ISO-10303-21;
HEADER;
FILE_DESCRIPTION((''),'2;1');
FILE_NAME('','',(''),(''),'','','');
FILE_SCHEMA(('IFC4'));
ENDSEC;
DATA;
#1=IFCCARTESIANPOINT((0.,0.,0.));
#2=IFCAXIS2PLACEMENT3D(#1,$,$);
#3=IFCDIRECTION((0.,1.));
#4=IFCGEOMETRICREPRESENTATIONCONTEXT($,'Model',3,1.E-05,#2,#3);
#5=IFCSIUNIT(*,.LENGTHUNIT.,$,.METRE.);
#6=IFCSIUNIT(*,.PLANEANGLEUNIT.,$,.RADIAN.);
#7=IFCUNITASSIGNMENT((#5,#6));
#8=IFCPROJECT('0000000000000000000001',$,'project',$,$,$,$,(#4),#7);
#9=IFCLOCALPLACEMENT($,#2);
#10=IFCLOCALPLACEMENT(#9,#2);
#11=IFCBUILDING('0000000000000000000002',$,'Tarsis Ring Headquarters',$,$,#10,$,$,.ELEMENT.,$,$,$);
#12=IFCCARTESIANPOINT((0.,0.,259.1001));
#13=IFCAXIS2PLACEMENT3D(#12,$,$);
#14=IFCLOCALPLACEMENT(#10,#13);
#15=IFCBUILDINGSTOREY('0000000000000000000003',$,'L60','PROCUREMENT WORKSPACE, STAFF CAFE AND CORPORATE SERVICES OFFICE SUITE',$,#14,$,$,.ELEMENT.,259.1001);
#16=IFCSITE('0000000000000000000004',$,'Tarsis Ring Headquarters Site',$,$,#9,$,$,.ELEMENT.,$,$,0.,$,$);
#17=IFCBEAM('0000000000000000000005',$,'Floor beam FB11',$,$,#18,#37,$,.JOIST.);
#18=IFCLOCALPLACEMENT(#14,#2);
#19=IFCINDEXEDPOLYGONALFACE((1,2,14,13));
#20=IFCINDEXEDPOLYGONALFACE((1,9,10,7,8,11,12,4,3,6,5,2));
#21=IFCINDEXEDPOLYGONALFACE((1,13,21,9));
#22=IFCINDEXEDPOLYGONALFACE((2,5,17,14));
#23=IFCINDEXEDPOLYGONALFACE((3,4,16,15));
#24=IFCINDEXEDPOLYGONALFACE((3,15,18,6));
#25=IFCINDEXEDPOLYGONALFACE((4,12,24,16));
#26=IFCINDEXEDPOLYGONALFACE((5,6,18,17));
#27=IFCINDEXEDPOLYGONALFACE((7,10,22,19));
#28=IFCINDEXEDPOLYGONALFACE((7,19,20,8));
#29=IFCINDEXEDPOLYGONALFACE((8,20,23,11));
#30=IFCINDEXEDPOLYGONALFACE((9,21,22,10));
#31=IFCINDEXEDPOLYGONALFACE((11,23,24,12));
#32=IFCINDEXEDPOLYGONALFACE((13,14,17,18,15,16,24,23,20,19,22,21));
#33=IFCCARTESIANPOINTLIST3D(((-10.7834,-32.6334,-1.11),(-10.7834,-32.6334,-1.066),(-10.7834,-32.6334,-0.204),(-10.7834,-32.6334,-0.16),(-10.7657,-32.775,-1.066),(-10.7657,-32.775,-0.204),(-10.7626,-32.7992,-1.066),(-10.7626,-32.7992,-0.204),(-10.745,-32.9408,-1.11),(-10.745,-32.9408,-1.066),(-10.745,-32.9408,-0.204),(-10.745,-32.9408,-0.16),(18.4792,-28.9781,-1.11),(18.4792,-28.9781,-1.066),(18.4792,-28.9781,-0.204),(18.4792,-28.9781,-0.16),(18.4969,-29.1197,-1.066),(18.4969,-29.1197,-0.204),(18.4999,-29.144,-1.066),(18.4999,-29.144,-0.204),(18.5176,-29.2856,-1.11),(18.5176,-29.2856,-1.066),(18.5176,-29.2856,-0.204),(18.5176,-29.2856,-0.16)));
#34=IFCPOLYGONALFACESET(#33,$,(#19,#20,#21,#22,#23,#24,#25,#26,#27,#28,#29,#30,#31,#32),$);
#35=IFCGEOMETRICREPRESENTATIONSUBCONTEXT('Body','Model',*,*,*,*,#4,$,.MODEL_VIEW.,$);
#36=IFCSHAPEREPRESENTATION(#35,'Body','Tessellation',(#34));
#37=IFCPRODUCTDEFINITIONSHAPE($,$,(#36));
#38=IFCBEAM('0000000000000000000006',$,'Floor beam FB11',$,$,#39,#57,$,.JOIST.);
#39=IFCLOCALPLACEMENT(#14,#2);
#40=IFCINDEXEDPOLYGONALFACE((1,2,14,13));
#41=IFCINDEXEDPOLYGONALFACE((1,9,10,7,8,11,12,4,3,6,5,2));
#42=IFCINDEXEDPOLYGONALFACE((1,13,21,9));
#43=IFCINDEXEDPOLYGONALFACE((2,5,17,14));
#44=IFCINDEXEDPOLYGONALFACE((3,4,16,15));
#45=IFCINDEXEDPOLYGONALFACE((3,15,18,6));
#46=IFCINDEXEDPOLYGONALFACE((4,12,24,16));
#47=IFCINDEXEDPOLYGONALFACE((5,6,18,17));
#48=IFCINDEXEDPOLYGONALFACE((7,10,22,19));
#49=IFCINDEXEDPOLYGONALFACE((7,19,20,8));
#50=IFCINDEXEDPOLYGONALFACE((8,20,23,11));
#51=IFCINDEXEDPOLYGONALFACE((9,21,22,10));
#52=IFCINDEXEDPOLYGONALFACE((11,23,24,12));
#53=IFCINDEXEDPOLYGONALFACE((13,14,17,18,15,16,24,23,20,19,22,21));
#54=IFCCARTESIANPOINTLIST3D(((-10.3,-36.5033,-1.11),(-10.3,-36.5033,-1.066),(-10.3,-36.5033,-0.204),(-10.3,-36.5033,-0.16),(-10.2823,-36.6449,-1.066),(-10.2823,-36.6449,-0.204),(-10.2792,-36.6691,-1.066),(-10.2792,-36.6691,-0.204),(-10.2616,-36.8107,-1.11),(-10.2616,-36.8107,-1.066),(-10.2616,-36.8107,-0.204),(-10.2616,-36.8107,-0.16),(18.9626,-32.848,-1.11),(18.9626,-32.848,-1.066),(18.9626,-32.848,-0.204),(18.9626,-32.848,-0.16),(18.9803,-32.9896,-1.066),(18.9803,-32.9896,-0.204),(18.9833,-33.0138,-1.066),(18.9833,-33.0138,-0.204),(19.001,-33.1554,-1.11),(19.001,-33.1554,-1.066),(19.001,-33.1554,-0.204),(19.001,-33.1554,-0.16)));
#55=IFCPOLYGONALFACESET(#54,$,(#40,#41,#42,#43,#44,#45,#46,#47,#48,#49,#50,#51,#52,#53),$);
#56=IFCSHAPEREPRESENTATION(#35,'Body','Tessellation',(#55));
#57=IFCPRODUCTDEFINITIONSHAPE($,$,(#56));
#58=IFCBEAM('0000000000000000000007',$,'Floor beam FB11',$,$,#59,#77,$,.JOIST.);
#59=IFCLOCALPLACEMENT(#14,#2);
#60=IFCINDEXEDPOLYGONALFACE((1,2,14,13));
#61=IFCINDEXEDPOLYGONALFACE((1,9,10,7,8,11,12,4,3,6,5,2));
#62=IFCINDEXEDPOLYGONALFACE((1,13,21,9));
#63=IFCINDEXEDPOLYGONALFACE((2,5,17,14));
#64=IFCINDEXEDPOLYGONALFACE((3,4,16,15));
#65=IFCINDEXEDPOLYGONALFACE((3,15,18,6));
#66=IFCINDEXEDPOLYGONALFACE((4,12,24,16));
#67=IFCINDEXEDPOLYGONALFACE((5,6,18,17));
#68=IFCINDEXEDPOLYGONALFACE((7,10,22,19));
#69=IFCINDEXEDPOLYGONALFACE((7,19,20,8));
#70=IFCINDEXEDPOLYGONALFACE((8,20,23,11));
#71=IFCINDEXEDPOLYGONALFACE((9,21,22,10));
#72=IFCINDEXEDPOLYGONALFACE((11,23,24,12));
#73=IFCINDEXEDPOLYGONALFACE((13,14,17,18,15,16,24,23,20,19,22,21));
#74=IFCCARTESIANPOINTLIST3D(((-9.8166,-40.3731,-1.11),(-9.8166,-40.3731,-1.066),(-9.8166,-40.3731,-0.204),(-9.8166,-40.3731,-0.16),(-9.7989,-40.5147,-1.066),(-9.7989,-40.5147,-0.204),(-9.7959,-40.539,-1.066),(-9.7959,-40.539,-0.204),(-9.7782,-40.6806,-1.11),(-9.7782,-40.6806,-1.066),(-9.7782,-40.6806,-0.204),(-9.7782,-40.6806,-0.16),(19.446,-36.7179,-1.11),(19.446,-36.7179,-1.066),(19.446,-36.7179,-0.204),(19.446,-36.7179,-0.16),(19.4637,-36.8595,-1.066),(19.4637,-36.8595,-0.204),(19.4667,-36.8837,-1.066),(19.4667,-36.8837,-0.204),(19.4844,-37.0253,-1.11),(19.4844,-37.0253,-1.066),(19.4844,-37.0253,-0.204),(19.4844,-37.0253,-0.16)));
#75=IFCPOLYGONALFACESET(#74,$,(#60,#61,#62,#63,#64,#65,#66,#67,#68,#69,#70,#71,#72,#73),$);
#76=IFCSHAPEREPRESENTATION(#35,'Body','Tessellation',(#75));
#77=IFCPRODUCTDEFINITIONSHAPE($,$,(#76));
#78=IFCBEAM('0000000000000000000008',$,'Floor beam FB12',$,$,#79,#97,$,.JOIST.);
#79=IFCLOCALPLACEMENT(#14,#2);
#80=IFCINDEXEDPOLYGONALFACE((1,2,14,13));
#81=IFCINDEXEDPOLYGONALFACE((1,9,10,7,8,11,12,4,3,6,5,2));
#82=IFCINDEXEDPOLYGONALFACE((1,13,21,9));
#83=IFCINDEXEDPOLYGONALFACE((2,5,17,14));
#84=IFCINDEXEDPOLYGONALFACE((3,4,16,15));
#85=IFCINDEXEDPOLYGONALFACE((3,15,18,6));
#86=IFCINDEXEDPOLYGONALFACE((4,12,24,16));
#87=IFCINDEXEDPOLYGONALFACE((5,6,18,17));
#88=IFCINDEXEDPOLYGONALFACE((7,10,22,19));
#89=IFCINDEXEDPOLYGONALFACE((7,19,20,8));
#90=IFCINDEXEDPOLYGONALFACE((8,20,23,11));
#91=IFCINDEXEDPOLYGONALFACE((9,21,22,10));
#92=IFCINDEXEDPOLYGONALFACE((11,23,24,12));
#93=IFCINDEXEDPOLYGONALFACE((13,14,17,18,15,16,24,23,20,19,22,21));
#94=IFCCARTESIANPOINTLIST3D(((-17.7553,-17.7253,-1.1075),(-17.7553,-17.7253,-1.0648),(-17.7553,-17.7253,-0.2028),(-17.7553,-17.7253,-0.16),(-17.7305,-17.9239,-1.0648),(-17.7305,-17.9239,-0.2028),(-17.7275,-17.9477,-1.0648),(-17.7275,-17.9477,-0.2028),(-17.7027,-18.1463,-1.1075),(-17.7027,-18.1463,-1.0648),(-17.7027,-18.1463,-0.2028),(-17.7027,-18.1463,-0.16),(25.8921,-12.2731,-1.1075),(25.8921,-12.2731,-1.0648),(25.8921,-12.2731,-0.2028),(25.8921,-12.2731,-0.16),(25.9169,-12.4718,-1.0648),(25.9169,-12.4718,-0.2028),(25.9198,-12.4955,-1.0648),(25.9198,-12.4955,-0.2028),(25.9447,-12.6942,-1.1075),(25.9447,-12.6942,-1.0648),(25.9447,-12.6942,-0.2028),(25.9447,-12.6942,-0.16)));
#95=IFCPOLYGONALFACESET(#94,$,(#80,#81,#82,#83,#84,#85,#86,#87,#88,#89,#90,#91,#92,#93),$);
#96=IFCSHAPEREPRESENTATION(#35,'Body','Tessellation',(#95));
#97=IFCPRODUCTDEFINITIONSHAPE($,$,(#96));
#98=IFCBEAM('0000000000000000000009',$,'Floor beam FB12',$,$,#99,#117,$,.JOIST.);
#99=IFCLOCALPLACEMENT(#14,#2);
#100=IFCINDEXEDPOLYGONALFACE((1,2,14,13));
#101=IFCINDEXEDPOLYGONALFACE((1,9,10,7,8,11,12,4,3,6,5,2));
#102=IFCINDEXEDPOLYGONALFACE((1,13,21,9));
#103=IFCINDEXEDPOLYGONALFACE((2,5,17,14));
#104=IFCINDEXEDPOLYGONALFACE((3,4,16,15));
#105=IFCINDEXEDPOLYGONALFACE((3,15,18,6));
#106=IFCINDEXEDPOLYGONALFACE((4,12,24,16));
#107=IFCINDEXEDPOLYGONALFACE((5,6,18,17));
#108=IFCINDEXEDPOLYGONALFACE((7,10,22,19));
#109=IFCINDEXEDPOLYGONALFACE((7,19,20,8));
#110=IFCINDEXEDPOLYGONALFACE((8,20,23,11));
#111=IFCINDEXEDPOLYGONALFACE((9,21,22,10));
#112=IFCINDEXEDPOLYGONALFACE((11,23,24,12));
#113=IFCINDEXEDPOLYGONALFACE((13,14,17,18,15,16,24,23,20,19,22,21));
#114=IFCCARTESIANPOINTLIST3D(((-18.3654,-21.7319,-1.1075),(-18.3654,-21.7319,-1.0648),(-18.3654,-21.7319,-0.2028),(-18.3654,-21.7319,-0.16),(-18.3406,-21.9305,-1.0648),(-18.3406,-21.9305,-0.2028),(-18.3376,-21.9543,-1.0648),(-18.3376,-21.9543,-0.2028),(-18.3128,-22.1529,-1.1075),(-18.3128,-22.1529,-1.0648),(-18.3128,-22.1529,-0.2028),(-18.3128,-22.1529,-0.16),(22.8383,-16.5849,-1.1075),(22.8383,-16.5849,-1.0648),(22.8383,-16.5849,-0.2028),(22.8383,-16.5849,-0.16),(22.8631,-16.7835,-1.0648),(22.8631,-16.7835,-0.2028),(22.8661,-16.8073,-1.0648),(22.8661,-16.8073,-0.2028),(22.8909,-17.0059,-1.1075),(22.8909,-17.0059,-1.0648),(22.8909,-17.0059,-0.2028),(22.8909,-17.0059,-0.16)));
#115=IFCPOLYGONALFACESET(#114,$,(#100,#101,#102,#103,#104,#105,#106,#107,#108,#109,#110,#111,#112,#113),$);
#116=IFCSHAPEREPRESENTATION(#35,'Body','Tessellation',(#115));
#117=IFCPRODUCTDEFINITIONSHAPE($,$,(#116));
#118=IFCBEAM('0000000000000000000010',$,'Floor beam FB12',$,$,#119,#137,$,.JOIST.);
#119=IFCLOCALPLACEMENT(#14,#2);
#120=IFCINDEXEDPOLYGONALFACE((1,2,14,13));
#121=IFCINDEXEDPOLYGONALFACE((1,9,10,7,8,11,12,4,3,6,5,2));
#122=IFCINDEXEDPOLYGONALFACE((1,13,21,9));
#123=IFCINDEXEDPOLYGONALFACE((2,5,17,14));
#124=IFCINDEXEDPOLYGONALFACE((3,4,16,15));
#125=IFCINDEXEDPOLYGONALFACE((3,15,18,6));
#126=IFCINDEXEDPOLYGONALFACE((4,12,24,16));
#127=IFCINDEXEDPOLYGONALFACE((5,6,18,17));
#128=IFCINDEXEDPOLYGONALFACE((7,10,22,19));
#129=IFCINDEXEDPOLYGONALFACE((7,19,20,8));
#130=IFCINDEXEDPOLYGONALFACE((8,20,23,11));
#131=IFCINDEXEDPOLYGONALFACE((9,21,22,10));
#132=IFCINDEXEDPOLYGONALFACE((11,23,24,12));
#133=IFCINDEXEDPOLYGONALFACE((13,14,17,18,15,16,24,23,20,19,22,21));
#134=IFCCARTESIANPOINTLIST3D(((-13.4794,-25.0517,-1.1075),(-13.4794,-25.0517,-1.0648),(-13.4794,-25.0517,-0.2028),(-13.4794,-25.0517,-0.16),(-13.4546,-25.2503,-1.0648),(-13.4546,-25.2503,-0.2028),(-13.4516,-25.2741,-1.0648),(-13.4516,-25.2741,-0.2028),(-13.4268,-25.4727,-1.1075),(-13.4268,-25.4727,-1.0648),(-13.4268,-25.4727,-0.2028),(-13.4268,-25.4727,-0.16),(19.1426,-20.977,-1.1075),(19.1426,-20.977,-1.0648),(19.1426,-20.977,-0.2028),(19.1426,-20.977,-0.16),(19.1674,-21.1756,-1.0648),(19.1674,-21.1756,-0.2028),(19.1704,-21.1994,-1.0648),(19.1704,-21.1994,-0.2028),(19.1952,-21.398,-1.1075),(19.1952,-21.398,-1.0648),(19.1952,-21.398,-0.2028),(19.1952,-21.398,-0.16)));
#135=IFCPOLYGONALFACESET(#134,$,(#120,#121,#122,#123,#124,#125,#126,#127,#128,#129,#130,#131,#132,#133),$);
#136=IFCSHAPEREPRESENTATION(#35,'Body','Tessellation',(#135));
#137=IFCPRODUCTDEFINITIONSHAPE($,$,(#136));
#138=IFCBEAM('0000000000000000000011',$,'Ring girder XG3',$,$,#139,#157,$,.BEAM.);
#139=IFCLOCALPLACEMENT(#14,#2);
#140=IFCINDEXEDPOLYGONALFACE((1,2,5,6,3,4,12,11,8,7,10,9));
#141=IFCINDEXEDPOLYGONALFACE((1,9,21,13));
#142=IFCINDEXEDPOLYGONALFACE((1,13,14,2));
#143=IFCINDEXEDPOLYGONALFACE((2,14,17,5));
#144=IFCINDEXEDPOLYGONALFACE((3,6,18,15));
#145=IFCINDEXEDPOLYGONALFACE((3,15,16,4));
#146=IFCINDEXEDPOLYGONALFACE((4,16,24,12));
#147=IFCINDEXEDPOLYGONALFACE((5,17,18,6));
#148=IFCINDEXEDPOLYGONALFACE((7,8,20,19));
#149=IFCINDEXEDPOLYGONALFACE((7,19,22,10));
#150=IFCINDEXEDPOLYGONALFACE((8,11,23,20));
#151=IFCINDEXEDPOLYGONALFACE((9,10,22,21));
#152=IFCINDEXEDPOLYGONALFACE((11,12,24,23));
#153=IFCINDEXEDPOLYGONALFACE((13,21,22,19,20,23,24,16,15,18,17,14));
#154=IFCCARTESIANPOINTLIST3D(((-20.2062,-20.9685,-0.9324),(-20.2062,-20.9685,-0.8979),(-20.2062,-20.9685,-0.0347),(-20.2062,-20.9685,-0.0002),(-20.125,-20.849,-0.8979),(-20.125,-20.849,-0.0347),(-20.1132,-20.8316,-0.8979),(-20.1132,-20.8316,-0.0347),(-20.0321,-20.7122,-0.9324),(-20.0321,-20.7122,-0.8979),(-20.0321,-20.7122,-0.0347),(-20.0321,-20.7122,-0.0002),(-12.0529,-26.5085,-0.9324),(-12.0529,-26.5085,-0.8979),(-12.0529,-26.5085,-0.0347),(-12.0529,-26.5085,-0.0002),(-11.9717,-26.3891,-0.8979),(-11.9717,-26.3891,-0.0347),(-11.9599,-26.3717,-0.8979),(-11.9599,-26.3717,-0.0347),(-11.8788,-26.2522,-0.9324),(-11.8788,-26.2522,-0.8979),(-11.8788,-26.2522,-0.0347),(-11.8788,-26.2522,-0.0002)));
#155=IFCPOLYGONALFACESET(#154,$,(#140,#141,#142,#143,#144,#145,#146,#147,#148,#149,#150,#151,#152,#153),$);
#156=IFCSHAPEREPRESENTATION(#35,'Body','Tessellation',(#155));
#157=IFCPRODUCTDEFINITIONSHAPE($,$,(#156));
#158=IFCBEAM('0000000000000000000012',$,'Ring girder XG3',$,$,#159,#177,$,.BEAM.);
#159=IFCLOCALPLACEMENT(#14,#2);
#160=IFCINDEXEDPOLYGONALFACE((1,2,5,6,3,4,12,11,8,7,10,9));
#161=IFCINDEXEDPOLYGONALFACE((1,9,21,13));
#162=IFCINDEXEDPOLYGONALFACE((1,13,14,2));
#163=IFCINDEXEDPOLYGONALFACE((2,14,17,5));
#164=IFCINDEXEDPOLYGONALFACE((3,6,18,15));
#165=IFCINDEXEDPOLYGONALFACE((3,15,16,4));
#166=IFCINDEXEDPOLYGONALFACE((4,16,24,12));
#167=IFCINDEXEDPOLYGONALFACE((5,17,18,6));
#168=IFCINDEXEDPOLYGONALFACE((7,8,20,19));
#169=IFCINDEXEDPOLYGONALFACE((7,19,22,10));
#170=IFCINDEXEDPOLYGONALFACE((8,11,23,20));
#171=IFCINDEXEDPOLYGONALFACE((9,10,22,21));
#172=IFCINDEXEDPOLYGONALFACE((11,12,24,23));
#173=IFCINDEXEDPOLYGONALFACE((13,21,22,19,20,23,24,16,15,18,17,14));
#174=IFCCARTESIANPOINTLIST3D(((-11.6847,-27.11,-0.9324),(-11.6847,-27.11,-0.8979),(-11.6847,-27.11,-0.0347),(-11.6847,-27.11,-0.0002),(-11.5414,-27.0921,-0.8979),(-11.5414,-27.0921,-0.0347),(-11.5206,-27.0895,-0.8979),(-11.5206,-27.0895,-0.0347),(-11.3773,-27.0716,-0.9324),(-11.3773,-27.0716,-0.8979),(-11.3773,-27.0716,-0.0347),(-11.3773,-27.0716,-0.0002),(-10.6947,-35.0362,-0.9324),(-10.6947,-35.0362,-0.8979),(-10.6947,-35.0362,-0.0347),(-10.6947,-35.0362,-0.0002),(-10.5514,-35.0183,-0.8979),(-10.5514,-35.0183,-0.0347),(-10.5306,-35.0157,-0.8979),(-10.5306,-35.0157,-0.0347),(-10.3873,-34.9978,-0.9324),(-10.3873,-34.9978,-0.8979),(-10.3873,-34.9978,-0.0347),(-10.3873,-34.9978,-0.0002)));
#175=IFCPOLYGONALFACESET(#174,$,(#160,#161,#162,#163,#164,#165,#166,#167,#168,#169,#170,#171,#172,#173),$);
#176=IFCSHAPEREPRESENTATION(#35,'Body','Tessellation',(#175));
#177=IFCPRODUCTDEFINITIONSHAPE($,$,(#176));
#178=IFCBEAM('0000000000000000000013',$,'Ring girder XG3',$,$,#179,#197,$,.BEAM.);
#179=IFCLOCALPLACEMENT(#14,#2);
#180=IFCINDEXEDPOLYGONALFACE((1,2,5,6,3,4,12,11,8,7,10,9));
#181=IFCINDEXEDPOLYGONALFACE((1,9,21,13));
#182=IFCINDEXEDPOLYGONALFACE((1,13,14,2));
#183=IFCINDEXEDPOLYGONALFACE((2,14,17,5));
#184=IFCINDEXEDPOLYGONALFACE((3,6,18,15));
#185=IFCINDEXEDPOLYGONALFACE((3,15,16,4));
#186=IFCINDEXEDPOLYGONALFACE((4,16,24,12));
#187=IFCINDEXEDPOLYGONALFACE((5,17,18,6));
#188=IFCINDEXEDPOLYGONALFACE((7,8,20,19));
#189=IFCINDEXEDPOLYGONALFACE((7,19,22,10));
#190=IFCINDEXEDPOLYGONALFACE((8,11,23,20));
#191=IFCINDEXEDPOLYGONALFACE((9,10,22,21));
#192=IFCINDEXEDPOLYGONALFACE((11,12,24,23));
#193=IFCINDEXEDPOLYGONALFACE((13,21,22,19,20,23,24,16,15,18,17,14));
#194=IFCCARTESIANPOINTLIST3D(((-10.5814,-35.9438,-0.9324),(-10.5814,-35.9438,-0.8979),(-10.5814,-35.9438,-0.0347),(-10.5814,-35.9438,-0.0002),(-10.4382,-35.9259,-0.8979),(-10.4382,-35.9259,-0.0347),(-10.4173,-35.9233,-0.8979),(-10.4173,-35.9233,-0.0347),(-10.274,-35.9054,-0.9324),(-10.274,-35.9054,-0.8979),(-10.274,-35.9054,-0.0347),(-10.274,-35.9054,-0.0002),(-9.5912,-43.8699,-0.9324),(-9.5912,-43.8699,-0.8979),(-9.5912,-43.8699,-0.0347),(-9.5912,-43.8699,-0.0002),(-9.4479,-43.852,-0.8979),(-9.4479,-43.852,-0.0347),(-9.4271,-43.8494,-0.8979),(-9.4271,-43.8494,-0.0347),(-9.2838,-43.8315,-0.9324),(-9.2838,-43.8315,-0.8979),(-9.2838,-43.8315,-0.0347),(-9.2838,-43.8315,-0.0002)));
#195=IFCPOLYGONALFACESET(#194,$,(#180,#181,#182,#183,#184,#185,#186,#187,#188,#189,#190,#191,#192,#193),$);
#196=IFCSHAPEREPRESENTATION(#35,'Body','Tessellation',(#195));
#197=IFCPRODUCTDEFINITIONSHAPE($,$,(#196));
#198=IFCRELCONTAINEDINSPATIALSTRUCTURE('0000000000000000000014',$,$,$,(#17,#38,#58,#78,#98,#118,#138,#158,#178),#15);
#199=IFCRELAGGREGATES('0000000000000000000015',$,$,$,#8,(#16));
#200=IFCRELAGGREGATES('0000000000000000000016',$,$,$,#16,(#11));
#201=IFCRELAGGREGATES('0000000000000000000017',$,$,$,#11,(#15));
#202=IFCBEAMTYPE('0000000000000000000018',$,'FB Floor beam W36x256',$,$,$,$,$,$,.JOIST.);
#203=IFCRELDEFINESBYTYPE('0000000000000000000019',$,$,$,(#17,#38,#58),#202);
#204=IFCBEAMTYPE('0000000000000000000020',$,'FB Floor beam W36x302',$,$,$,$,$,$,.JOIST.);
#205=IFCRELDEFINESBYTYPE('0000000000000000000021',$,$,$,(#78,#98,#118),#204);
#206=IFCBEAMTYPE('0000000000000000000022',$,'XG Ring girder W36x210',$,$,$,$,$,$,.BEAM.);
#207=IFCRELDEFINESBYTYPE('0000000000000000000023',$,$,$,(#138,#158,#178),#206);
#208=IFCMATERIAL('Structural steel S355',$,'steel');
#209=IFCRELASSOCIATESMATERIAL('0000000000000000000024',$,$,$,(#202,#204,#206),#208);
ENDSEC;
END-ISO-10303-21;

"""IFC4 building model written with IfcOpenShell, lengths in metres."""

from ifc_helpers import new_model, si_unit, direction, frame, origin, origin_2d, place, context, subcontext, project, spatial, i_section, extrude, material, material_profile, profile_set, type_object, element, save


model = new_model("IFC4")

# Units and contexts
model_context = context("Model", 3, precision=1e-05, world=origin(), true_north=direction((0.0, 1.0)))
body_context = subcontext(model_context, "Body", "Model", "MODEL_VIEW")
ifc_project = project(units=[si_unit("LENGTHUNIT", "METRE"), si_unit("PLANEANGLEUNIT", "RADIAN")], contexts=[model_context])

# Site, building, storey
site_placement = place(None, origin())
site = spatial("IfcSite", under=ifc_project, at=site_placement, Name="Tarsis Ring Headquarters Site", CompositionType="ELEMENT", RefElevation=0.0)
building_placement = place(site_placement, origin())
building = spatial("IfcBuilding", under=site, at=building_placement, Name="Tarsis Ring Headquarters", CompositionType="ELEMENT")
storey_placement = place(building_placement, frame((0.0, 0.0, 259.1001)))
storey = spatial("IfcBuildingStorey", under=building, at=storey_placement, Name="L60", Description="PROCUREMENT WORKSPACE, STAFF CAFE AND CORPORATE SERVICES OFFICE SUITE", CompositionType="ELEMENT", Elevation=259.1001)

# Shared definitions
ifc_material_1 = material(Name="Structural steel S355", Category="steel")

# Beams
ifc_material_profile_1 = material_profile(ifc_material_1, i_section(OverallWidth=0.3098, OverallDepth=0.95, WebThickness=0.0244, FlangeThickness=0.0439, at=origin_2d()), Name="W36x256")
ifc_profile_set_1 = profile_set([ifc_material_profile_1], Name="Structural steel S355")
beam_type_1 = type_object("IfcBeamType", Name="FB Floor beam W36x256", PredefinedType="JOIST", material=ifc_profile_set_1)
for number, where, z_axis, x_axis, name in (
    (1, (-10.7642, -32.7871, -0.635), (0.992289, 0.123949, 0.0), (-0.123949, 0.992289, 0.0), "Floor beam FB11"),
    (2, (-10.2808, -36.657, -0.635), (0.992289, 0.123949, 0.0), (-0.123949, 0.992289, 0.0), "Floor beam FB11"),
    (3, (-9.7974, -40.5269, -0.635), (0.992289, 0.123949, 0.0), (-0.123949, 0.992289, 0.0), "Floor beam FB11"),
):
    element("IfcBeam", number, at=place(storey_placement, frame(where, z_axis=z_axis, x_axis=x_axis)), inside=storey, type_object=beam_type_1, Name=name, PredefinedType="JOIST", context=body_context, shape_type="SweptSolid", body=[
        extrude(i_section(OverallWidth=0.3098, OverallDepth=0.95, WebThickness=0.0244, FlangeThickness=0.0439, at=origin_2d()), origin(), (0.0, 0.0, 1.0), 29.49),
    ])
ifc_material_profile_2 = material_profile(ifc_material_1, i_section(OverallWidth=0.4243, OverallDepth=0.9475, WebThickness=0.0239, FlangeThickness=0.0427, at=origin_2d()), Name="W36x302")
ifc_profile_set_2 = profile_set([ifc_material_profile_2], Name="Structural steel S355")
beam_type_2 = type_object("IfcBeamType", Name="FB Floor beam W36x302", PredefinedType="JOIST", material=ifc_profile_set_2)
beam_1_placement = place(storey_placement, frame((-17.729, -17.9358, -0.6338), z_axis=(0.992288, 0.12395, 0.0), x_axis=(-0.12395, 0.992288, 0.0)))
element("IfcBeam", 4, at=beam_1_placement, inside=storey, type_object=beam_type_2, Name="Floor beam FB12", PredefinedType="JOIST", context=body_context, shape_type="SweptSolid", body=[
    extrude(i_section(OverallWidth=0.4243, OverallDepth=0.9475, WebThickness=0.0239, FlangeThickness=0.0427, at=origin_2d()), origin(), (0.0, 0.0, 1.0), 43.9866),
])
beam_2_placement = place(storey_placement, frame((-18.3391, -21.9424, -0.6338), z_axis=(0.992288, 0.123952, 0.0), x_axis=(-0.123952, 0.992288, 0.0)))
element("IfcBeam", 5, at=beam_2_placement, inside=storey, type_object=beam_type_2, Name="Floor beam FB12", PredefinedType="JOIST", context=body_context, shape_type="SweptSolid", body=[
    extrude(i_section(OverallWidth=0.4243, OverallDepth=0.9475, WebThickness=0.0239, FlangeThickness=0.0427, at=origin_2d()), origin(), (0.0, 0.0, 1.0), 41.5239),
])
beam_3_placement = place(storey_placement, frame((-13.4531, -25.2622, -0.6338), z_axis=(0.992289, 0.123943, 0.0), x_axis=(-0.123943, 0.992289, 0.0)))
element("IfcBeam", 6, at=beam_3_placement, inside=storey, type_object=beam_type_2, Name="Floor beam FB12", PredefinedType="JOIST", context=body_context, shape_type="SweptSolid", body=[
    extrude(i_section(OverallWidth=0.4243, OverallDepth=0.9475, WebThickness=0.0239, FlangeThickness=0.0427, at=origin_2d()), origin(), (0.0, 0.0, 1.0), 32.8755),
])
ifc_material_profile_3 = material_profile(ifc_material_1, i_section(OverallWidth=0.3098, OverallDepth=0.9321, WebThickness=0.021, FlangeThickness=0.0344, at=origin_2d()), Name="W36x210")
ifc_profile_set_3 = profile_set([ifc_material_profile_3], Name="Structural steel S355")
beam_type_3 = type_object("IfcBeamType", Name="XG Ring girder W36x210", PredefinedType="BEAM", material=ifc_profile_set_3)
beam_4_placement = place(storey_placement, frame((-20.1191, -20.8403, -0.4663), z_axis=(0.827125, -0.562017, 0.0), x_axis=(0.562017, 0.827125, 0.0)))
element("IfcBeam", 7, at=beam_4_placement, inside=storey, type_object=beam_type_3, Name="Ring girder XG3", PredefinedType="BEAM", context=body_context, shape_type="SweptSolid", body=[
    extrude(i_section(OverallWidth=0.3098, OverallDepth=0.9321, WebThickness=0.021, FlangeThickness=0.0344, at=origin_2d()), origin(), (0.0, 0.0, 1.0), 9.8574),
])
for number, where, z_axis, x_axis, name in (
    (8, (-11.531, -27.0908, -0.4663), (0.123937, -0.99229, 0.0), (0.99229, 0.123937, 0.0), "Ring girder XG3"),
    (9, (-10.4277, -35.9246, -0.4663), (0.123967, -0.992286, 0.0), (0.992286, 0.123967, 0.0), "Ring girder XG3"),
):
    element("IfcBeam", number, at=place(storey_placement, frame(where, z_axis=z_axis, x_axis=x_axis)), inside=storey, type_object=beam_type_3, Name=name, PredefinedType="BEAM", context=body_context, shape_type="SweptSolid", body=[
        extrude(i_section(OverallWidth=0.3098, OverallDepth=0.9321, WebThickness=0.021, FlangeThickness=0.0344, at=origin_2d()), origin(), (0.0, 0.0, 1.0), 7.9878),
    ])

save(model, "model.ifc")
